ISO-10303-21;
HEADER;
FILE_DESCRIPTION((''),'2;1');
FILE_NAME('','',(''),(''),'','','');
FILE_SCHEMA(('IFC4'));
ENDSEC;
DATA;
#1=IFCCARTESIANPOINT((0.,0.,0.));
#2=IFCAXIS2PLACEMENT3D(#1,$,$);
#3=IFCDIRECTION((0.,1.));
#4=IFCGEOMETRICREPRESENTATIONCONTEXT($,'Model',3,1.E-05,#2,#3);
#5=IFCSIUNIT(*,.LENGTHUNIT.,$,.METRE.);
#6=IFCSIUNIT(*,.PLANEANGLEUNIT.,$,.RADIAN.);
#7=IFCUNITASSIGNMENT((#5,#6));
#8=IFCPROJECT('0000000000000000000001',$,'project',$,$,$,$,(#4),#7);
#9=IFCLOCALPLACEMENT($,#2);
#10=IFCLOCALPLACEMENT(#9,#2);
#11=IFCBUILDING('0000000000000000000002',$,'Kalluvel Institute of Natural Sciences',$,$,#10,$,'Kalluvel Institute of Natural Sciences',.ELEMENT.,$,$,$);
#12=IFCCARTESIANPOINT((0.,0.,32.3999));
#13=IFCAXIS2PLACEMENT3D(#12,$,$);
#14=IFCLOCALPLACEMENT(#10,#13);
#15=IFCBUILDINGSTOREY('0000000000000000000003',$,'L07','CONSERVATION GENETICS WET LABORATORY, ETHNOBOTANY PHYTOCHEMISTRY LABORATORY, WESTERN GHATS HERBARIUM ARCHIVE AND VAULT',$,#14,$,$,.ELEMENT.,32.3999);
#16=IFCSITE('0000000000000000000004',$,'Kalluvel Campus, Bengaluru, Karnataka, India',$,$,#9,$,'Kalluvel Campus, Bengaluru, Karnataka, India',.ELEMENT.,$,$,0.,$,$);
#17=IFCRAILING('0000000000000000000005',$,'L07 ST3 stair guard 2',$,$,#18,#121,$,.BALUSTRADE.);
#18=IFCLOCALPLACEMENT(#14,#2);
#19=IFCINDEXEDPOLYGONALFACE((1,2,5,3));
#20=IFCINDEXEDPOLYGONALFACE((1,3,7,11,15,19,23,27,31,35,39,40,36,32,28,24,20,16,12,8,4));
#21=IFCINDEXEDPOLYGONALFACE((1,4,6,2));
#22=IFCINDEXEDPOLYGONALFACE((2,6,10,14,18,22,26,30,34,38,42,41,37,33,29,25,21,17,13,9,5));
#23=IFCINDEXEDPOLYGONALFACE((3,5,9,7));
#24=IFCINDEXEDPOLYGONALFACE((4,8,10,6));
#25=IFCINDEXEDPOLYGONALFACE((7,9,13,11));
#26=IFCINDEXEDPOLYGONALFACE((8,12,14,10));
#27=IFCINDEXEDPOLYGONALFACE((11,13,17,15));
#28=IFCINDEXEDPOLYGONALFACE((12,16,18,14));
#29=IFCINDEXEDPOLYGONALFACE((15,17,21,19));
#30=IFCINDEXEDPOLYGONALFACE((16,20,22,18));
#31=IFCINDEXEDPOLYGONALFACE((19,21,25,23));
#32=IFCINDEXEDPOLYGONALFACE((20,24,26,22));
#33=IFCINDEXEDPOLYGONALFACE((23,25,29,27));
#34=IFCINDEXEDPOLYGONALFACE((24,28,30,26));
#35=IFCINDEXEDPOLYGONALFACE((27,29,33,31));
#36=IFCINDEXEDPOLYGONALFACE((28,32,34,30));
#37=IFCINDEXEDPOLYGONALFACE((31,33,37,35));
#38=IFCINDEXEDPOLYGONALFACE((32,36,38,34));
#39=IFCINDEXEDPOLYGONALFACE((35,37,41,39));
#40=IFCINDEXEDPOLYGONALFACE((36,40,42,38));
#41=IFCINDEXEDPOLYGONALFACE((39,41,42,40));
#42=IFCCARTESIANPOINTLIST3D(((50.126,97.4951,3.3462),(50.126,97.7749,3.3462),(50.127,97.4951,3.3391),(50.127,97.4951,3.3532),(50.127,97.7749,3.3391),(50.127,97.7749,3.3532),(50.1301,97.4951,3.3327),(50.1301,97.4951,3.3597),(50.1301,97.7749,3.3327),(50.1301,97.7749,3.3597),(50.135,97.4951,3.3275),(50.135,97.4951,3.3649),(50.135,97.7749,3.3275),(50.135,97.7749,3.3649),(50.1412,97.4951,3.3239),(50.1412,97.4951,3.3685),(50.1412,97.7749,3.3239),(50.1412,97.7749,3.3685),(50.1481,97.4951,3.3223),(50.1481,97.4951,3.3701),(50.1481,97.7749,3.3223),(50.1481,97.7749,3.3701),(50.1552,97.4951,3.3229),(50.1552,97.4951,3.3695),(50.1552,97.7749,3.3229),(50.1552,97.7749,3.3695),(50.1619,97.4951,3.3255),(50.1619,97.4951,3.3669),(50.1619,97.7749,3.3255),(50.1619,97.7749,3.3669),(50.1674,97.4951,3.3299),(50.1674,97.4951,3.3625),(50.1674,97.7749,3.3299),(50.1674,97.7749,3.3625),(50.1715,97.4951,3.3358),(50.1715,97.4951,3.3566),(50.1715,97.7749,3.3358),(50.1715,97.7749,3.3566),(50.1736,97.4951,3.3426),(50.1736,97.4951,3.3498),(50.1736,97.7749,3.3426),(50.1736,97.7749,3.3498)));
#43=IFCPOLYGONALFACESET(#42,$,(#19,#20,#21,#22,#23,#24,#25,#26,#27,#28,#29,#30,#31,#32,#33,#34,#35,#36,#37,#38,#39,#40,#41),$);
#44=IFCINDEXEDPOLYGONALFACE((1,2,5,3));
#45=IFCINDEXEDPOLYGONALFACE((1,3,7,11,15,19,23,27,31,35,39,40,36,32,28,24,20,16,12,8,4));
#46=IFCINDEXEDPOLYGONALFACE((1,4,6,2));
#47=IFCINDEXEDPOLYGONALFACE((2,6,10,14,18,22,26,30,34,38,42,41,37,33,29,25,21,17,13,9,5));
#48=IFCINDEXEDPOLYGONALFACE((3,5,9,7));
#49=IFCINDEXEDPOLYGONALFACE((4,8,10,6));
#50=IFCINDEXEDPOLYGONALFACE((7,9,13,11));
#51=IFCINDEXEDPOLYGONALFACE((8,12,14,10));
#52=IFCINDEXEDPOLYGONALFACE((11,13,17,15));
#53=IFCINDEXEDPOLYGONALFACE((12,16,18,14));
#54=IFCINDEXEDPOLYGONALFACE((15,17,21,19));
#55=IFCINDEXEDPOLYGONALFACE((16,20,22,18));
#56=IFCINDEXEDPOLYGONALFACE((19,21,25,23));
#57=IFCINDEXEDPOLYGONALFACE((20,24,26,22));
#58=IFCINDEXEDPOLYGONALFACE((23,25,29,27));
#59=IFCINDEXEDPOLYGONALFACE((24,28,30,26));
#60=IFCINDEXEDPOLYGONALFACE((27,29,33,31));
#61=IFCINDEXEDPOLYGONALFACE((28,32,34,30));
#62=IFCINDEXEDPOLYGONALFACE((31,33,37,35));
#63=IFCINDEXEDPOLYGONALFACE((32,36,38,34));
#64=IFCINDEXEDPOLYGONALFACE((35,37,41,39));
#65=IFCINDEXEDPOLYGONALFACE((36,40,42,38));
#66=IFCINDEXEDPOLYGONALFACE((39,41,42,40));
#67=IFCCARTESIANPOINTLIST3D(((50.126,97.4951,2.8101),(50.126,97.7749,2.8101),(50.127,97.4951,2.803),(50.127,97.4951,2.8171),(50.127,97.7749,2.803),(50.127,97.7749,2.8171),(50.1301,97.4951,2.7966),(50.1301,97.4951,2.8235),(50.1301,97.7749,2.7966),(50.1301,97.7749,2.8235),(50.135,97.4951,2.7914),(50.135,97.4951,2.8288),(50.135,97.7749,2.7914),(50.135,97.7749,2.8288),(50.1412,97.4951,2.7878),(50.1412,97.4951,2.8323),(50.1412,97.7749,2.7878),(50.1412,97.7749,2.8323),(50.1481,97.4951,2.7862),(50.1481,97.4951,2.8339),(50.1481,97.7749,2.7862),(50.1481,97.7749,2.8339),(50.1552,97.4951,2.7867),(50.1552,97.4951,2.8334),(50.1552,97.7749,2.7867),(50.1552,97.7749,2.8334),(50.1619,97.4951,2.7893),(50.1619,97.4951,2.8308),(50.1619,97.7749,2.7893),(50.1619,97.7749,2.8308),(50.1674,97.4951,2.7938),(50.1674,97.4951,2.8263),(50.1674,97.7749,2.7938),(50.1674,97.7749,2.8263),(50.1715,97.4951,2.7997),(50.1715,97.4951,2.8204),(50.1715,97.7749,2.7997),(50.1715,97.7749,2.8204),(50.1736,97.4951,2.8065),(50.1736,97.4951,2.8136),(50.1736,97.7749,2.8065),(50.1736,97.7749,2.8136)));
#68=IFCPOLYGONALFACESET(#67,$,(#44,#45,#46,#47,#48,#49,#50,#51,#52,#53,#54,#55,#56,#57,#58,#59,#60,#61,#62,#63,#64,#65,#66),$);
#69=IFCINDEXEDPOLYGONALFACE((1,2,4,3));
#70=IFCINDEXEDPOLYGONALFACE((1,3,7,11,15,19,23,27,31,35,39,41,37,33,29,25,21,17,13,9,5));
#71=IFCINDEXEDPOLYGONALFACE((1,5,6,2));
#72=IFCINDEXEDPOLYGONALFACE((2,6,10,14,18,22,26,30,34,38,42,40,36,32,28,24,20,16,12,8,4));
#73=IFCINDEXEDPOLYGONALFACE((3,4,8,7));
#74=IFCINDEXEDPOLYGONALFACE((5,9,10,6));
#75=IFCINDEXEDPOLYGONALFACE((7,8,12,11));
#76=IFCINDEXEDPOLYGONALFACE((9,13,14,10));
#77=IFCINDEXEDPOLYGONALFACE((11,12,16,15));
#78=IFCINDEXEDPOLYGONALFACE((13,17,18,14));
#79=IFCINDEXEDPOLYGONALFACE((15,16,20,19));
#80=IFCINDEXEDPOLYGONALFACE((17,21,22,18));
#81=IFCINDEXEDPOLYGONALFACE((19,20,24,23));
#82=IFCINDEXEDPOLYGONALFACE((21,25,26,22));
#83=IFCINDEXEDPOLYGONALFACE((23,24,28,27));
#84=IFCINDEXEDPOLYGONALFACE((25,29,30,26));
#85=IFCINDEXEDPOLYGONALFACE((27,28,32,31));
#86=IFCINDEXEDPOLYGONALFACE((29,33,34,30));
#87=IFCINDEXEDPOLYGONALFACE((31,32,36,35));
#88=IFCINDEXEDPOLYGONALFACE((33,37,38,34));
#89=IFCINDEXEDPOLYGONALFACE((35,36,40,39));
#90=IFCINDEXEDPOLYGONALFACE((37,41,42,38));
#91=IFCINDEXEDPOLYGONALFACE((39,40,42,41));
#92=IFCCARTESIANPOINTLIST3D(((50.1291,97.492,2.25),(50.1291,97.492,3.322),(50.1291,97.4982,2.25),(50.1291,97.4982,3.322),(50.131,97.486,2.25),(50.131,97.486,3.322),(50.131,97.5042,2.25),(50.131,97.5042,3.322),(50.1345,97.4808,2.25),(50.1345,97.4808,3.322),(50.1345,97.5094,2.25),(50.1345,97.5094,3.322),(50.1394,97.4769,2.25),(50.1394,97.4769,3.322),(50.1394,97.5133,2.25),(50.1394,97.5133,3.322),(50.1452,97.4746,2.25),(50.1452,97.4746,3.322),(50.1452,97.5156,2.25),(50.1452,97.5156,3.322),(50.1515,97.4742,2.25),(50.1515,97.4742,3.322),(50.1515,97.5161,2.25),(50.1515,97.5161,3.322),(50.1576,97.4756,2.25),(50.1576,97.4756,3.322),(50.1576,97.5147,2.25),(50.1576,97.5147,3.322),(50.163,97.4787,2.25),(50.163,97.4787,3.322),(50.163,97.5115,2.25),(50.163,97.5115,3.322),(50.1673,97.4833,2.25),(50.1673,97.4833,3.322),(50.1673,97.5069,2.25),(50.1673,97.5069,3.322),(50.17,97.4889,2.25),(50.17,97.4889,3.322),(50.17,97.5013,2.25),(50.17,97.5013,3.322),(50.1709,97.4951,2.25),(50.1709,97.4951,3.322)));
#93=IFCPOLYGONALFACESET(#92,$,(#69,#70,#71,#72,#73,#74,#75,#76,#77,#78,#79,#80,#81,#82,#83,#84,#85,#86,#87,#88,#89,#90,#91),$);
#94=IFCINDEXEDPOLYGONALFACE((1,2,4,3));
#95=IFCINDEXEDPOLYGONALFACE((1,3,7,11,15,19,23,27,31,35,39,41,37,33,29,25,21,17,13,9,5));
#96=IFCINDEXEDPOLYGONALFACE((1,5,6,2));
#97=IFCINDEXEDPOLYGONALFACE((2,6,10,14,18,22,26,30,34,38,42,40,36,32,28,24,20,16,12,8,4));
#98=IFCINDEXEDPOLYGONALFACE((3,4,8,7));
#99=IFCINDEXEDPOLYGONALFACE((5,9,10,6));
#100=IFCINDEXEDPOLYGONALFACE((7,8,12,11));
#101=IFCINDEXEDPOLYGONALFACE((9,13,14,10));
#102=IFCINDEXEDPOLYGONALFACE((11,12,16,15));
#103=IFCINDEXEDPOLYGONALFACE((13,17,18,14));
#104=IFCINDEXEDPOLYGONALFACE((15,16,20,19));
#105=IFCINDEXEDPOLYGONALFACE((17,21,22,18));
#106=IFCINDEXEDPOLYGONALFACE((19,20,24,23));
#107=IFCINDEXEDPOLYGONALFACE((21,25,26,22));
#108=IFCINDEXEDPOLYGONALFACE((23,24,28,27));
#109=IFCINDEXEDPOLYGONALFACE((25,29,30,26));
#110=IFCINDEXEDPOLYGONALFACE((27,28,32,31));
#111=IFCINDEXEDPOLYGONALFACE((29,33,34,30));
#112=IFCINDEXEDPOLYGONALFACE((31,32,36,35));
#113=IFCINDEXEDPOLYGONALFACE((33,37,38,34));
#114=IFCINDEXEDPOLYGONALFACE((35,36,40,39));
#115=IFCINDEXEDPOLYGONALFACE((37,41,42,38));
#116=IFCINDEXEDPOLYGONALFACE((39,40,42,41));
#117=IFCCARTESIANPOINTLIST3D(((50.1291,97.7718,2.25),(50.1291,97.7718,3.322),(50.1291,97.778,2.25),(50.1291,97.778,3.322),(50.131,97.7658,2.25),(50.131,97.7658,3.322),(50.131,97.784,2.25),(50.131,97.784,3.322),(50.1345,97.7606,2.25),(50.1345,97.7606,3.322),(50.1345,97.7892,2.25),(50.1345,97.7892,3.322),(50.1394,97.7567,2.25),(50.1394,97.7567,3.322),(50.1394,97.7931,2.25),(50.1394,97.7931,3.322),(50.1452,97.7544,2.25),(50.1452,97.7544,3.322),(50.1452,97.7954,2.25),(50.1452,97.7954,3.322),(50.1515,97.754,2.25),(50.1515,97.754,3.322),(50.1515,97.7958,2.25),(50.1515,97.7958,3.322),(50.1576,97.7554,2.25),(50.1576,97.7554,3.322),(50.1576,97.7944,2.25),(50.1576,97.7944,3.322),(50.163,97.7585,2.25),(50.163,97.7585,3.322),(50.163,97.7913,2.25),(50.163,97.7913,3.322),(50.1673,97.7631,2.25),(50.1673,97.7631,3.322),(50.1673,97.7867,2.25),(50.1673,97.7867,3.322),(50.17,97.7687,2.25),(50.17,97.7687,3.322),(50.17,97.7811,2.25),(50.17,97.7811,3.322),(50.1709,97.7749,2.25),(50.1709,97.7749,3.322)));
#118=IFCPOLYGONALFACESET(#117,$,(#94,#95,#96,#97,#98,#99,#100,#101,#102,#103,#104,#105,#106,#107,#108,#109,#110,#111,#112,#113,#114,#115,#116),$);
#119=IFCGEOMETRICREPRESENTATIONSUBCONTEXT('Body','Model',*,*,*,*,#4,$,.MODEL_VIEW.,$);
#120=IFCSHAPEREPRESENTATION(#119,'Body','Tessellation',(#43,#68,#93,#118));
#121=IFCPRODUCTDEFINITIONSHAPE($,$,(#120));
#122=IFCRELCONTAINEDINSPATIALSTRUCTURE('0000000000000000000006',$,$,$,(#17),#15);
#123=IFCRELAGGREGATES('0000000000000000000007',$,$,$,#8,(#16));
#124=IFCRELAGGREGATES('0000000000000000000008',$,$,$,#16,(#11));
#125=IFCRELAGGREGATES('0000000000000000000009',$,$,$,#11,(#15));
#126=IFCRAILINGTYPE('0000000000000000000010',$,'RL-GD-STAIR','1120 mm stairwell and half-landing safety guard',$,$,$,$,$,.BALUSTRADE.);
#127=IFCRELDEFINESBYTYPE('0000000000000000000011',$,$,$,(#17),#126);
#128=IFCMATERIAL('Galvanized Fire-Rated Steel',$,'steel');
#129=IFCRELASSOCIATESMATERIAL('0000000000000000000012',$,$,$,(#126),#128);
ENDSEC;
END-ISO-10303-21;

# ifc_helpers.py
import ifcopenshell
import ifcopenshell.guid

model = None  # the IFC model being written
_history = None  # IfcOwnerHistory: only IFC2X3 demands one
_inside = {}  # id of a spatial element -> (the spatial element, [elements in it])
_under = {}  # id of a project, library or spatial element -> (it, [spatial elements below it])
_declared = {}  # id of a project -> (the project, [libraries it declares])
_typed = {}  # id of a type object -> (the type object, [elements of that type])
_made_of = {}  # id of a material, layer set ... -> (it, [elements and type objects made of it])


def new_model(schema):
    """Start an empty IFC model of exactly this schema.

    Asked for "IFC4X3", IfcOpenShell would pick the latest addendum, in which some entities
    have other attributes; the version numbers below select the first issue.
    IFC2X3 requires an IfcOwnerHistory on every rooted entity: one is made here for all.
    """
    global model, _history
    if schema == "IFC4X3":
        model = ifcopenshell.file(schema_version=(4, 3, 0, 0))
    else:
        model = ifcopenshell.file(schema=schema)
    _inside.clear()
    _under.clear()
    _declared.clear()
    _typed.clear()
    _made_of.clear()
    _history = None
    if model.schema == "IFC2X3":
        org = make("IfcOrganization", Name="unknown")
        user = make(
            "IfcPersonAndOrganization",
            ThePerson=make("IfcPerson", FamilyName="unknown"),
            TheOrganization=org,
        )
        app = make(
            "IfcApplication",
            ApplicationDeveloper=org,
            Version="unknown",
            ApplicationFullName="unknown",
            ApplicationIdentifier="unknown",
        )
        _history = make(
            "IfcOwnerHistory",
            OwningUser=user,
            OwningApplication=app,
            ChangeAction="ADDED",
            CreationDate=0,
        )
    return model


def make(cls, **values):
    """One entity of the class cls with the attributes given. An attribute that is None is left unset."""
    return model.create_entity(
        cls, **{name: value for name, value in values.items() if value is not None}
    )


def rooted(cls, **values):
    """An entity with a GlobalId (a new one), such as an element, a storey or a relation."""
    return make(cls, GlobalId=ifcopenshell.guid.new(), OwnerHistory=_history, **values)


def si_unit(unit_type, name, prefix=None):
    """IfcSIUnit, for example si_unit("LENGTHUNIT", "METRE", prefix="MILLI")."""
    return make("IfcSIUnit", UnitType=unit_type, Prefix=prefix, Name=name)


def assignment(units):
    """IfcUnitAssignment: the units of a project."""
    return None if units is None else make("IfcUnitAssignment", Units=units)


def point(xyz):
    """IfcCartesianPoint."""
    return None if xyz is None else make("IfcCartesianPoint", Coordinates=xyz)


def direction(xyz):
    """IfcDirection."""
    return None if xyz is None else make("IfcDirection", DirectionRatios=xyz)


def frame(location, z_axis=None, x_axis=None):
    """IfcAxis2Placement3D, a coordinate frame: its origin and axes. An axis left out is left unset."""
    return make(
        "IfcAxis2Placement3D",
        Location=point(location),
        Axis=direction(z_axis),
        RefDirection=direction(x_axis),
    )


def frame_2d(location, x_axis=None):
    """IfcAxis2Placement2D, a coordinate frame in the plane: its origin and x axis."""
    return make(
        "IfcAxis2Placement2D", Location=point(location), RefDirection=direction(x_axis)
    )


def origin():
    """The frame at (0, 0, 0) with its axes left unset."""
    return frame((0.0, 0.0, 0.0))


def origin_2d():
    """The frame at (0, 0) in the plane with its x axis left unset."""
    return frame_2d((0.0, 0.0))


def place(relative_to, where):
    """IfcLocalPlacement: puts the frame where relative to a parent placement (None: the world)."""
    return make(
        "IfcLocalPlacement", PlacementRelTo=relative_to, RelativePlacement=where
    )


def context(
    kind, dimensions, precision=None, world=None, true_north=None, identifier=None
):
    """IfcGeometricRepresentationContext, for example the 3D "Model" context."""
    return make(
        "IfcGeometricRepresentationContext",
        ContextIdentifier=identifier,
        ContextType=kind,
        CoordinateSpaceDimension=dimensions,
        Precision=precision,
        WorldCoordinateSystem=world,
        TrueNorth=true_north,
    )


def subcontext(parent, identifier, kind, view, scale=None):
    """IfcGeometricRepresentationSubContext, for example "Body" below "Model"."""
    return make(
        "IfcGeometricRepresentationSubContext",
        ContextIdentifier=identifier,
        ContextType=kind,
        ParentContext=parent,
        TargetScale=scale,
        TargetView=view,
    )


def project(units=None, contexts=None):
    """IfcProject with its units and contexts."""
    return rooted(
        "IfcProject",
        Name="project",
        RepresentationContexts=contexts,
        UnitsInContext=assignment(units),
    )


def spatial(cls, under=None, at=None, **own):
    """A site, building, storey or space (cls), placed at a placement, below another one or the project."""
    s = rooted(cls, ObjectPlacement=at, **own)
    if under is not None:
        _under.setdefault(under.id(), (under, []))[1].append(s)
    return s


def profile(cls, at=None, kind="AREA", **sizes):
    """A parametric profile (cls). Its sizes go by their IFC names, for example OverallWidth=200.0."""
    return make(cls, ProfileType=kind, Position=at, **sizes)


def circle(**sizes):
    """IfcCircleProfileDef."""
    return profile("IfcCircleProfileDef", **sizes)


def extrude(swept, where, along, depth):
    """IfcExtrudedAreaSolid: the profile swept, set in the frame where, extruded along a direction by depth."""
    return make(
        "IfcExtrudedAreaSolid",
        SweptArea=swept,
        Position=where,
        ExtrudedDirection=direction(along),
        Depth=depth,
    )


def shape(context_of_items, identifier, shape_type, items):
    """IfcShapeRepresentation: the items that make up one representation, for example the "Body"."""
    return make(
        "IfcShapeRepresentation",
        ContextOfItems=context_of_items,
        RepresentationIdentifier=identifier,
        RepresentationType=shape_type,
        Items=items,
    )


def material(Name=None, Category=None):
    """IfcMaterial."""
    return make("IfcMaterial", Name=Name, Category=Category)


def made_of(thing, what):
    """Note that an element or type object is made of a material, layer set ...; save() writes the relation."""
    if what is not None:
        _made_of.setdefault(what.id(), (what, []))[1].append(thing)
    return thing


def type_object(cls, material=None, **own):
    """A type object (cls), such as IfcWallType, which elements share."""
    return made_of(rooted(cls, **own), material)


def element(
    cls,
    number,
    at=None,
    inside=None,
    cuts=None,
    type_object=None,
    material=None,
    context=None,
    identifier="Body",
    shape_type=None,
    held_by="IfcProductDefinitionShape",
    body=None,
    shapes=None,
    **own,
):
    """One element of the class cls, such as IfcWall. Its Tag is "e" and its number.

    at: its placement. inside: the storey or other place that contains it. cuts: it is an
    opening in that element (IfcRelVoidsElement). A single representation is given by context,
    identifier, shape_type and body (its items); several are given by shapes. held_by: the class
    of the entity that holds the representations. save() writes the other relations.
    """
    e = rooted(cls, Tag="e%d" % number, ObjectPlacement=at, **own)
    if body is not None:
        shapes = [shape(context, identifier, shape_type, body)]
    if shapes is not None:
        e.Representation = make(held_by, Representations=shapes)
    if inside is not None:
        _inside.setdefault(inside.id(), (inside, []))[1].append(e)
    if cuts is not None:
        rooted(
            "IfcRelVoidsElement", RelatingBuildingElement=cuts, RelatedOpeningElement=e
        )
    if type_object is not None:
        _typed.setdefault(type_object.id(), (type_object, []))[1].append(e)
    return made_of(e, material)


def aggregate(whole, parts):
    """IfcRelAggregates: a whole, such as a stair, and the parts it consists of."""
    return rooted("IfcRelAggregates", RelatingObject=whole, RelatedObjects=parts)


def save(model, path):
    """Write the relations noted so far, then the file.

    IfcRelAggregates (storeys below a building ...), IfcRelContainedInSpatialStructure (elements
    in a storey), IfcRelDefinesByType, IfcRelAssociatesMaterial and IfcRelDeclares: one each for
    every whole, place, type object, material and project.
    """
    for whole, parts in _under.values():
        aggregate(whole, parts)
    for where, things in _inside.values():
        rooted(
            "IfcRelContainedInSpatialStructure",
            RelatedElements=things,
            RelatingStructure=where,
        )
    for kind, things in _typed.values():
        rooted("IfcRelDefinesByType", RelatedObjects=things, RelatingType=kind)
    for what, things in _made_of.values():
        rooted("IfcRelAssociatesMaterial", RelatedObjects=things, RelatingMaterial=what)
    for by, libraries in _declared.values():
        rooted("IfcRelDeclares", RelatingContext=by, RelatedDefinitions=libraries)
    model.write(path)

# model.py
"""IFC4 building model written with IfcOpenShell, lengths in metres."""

from ifc_helpers import new_model, si_unit, direction, frame, origin, origin_2d, place, context, subcontext, project, spatial, circle, extrude, material, type_object, element, save


model = new_model("IFC4")

# Units and contexts
model_context = context("Model", 3, precision=1e-05, world=origin(), true_north=direction((0.0, 1.0)))
body_context = subcontext(model_context, "Body", "Model", "MODEL_VIEW")
ifc_project = project(units=[si_unit("LENGTHUNIT", "METRE"), si_unit("PLANEANGLEUNIT", "RADIAN")], contexts=[model_context])

# Site, building, storey
site_placement = place(None, origin())
site = spatial("IfcSite", under=ifc_project, at=site_placement, Name="Kalluvel Campus, Bengaluru, Karnataka, India", LongName="Kalluvel Campus, Bengaluru, Karnataka, India", CompositionType="ELEMENT", RefElevation=0.0)
building_placement = place(site_placement, origin())
building = spatial("IfcBuilding", under=site, at=building_placement, Name="Kalluvel Institute of Natural Sciences", LongName="Kalluvel Institute of Natural Sciences", CompositionType="ELEMENT")
storey_placement = place(building_placement, frame((0.0, 0.0, 32.3999)))
storey = spatial("IfcBuildingStorey", under=building, at=storey_placement, Name="L07", Description="CONSERVATION GENETICS WET LABORATORY, ETHNOBOTANY PHYTOCHEMISTRY LABORATORY, WESTERN GHATS HERBARIUM ARCHIVE AND VAULT", CompositionType="ELEMENT", Elevation=32.3999)

# Shared definitions
ifc_material_1 = material(Name="Galvanized Fire-Rated Steel", Category="steel")

# Railing
railing_type_1 = type_object("IfcRailingType", Name="RL-GD-STAIR", Description="1120 mm stairwell and half-landing safety guard", PredefinedType="BALUSTRADE", material=ifc_material_1)
railing_1_placement = place(storey_placement, frame((50.1499, 97.4951, 2.25)))
element("IfcRailing", 1, at=railing_1_placement, inside=storey, type_object=railing_type_1, Name="L07 ST3 stair guard 2", PredefinedType="BALUSTRADE", context=body_context, shape_type="SweptSolid", body=[
    extrude(circle(Radius=0.0239, at=origin_2d()), frame((0.0, 0.0, 1.0962), z_axis=(0.0, 1.0, 0.0), x_axis=(-1.0, 0.0, 0.0)), (0.0, 0.0, 1.0), 0.2798),
    extrude(circle(Radius=0.0239, at=origin_2d()), frame((0.0, 0.0, 0.5601), z_axis=(0.0, 1.0, 0.0), x_axis=(-1.0, 0.0, 0.0)), (0.0, 0.0, 1.0), 0.2798),
    extrude(circle(Radius=0.021, at=origin_2d()), origin(), (0.0, 0.0, 1.0), 1.072),
    extrude(circle(Radius=0.021, at=origin_2d()), frame((0.0, 0.2798, 0.0)), (0.0, 0.0, 1.0), 1.072),
])

save(model, "model.ifc")
